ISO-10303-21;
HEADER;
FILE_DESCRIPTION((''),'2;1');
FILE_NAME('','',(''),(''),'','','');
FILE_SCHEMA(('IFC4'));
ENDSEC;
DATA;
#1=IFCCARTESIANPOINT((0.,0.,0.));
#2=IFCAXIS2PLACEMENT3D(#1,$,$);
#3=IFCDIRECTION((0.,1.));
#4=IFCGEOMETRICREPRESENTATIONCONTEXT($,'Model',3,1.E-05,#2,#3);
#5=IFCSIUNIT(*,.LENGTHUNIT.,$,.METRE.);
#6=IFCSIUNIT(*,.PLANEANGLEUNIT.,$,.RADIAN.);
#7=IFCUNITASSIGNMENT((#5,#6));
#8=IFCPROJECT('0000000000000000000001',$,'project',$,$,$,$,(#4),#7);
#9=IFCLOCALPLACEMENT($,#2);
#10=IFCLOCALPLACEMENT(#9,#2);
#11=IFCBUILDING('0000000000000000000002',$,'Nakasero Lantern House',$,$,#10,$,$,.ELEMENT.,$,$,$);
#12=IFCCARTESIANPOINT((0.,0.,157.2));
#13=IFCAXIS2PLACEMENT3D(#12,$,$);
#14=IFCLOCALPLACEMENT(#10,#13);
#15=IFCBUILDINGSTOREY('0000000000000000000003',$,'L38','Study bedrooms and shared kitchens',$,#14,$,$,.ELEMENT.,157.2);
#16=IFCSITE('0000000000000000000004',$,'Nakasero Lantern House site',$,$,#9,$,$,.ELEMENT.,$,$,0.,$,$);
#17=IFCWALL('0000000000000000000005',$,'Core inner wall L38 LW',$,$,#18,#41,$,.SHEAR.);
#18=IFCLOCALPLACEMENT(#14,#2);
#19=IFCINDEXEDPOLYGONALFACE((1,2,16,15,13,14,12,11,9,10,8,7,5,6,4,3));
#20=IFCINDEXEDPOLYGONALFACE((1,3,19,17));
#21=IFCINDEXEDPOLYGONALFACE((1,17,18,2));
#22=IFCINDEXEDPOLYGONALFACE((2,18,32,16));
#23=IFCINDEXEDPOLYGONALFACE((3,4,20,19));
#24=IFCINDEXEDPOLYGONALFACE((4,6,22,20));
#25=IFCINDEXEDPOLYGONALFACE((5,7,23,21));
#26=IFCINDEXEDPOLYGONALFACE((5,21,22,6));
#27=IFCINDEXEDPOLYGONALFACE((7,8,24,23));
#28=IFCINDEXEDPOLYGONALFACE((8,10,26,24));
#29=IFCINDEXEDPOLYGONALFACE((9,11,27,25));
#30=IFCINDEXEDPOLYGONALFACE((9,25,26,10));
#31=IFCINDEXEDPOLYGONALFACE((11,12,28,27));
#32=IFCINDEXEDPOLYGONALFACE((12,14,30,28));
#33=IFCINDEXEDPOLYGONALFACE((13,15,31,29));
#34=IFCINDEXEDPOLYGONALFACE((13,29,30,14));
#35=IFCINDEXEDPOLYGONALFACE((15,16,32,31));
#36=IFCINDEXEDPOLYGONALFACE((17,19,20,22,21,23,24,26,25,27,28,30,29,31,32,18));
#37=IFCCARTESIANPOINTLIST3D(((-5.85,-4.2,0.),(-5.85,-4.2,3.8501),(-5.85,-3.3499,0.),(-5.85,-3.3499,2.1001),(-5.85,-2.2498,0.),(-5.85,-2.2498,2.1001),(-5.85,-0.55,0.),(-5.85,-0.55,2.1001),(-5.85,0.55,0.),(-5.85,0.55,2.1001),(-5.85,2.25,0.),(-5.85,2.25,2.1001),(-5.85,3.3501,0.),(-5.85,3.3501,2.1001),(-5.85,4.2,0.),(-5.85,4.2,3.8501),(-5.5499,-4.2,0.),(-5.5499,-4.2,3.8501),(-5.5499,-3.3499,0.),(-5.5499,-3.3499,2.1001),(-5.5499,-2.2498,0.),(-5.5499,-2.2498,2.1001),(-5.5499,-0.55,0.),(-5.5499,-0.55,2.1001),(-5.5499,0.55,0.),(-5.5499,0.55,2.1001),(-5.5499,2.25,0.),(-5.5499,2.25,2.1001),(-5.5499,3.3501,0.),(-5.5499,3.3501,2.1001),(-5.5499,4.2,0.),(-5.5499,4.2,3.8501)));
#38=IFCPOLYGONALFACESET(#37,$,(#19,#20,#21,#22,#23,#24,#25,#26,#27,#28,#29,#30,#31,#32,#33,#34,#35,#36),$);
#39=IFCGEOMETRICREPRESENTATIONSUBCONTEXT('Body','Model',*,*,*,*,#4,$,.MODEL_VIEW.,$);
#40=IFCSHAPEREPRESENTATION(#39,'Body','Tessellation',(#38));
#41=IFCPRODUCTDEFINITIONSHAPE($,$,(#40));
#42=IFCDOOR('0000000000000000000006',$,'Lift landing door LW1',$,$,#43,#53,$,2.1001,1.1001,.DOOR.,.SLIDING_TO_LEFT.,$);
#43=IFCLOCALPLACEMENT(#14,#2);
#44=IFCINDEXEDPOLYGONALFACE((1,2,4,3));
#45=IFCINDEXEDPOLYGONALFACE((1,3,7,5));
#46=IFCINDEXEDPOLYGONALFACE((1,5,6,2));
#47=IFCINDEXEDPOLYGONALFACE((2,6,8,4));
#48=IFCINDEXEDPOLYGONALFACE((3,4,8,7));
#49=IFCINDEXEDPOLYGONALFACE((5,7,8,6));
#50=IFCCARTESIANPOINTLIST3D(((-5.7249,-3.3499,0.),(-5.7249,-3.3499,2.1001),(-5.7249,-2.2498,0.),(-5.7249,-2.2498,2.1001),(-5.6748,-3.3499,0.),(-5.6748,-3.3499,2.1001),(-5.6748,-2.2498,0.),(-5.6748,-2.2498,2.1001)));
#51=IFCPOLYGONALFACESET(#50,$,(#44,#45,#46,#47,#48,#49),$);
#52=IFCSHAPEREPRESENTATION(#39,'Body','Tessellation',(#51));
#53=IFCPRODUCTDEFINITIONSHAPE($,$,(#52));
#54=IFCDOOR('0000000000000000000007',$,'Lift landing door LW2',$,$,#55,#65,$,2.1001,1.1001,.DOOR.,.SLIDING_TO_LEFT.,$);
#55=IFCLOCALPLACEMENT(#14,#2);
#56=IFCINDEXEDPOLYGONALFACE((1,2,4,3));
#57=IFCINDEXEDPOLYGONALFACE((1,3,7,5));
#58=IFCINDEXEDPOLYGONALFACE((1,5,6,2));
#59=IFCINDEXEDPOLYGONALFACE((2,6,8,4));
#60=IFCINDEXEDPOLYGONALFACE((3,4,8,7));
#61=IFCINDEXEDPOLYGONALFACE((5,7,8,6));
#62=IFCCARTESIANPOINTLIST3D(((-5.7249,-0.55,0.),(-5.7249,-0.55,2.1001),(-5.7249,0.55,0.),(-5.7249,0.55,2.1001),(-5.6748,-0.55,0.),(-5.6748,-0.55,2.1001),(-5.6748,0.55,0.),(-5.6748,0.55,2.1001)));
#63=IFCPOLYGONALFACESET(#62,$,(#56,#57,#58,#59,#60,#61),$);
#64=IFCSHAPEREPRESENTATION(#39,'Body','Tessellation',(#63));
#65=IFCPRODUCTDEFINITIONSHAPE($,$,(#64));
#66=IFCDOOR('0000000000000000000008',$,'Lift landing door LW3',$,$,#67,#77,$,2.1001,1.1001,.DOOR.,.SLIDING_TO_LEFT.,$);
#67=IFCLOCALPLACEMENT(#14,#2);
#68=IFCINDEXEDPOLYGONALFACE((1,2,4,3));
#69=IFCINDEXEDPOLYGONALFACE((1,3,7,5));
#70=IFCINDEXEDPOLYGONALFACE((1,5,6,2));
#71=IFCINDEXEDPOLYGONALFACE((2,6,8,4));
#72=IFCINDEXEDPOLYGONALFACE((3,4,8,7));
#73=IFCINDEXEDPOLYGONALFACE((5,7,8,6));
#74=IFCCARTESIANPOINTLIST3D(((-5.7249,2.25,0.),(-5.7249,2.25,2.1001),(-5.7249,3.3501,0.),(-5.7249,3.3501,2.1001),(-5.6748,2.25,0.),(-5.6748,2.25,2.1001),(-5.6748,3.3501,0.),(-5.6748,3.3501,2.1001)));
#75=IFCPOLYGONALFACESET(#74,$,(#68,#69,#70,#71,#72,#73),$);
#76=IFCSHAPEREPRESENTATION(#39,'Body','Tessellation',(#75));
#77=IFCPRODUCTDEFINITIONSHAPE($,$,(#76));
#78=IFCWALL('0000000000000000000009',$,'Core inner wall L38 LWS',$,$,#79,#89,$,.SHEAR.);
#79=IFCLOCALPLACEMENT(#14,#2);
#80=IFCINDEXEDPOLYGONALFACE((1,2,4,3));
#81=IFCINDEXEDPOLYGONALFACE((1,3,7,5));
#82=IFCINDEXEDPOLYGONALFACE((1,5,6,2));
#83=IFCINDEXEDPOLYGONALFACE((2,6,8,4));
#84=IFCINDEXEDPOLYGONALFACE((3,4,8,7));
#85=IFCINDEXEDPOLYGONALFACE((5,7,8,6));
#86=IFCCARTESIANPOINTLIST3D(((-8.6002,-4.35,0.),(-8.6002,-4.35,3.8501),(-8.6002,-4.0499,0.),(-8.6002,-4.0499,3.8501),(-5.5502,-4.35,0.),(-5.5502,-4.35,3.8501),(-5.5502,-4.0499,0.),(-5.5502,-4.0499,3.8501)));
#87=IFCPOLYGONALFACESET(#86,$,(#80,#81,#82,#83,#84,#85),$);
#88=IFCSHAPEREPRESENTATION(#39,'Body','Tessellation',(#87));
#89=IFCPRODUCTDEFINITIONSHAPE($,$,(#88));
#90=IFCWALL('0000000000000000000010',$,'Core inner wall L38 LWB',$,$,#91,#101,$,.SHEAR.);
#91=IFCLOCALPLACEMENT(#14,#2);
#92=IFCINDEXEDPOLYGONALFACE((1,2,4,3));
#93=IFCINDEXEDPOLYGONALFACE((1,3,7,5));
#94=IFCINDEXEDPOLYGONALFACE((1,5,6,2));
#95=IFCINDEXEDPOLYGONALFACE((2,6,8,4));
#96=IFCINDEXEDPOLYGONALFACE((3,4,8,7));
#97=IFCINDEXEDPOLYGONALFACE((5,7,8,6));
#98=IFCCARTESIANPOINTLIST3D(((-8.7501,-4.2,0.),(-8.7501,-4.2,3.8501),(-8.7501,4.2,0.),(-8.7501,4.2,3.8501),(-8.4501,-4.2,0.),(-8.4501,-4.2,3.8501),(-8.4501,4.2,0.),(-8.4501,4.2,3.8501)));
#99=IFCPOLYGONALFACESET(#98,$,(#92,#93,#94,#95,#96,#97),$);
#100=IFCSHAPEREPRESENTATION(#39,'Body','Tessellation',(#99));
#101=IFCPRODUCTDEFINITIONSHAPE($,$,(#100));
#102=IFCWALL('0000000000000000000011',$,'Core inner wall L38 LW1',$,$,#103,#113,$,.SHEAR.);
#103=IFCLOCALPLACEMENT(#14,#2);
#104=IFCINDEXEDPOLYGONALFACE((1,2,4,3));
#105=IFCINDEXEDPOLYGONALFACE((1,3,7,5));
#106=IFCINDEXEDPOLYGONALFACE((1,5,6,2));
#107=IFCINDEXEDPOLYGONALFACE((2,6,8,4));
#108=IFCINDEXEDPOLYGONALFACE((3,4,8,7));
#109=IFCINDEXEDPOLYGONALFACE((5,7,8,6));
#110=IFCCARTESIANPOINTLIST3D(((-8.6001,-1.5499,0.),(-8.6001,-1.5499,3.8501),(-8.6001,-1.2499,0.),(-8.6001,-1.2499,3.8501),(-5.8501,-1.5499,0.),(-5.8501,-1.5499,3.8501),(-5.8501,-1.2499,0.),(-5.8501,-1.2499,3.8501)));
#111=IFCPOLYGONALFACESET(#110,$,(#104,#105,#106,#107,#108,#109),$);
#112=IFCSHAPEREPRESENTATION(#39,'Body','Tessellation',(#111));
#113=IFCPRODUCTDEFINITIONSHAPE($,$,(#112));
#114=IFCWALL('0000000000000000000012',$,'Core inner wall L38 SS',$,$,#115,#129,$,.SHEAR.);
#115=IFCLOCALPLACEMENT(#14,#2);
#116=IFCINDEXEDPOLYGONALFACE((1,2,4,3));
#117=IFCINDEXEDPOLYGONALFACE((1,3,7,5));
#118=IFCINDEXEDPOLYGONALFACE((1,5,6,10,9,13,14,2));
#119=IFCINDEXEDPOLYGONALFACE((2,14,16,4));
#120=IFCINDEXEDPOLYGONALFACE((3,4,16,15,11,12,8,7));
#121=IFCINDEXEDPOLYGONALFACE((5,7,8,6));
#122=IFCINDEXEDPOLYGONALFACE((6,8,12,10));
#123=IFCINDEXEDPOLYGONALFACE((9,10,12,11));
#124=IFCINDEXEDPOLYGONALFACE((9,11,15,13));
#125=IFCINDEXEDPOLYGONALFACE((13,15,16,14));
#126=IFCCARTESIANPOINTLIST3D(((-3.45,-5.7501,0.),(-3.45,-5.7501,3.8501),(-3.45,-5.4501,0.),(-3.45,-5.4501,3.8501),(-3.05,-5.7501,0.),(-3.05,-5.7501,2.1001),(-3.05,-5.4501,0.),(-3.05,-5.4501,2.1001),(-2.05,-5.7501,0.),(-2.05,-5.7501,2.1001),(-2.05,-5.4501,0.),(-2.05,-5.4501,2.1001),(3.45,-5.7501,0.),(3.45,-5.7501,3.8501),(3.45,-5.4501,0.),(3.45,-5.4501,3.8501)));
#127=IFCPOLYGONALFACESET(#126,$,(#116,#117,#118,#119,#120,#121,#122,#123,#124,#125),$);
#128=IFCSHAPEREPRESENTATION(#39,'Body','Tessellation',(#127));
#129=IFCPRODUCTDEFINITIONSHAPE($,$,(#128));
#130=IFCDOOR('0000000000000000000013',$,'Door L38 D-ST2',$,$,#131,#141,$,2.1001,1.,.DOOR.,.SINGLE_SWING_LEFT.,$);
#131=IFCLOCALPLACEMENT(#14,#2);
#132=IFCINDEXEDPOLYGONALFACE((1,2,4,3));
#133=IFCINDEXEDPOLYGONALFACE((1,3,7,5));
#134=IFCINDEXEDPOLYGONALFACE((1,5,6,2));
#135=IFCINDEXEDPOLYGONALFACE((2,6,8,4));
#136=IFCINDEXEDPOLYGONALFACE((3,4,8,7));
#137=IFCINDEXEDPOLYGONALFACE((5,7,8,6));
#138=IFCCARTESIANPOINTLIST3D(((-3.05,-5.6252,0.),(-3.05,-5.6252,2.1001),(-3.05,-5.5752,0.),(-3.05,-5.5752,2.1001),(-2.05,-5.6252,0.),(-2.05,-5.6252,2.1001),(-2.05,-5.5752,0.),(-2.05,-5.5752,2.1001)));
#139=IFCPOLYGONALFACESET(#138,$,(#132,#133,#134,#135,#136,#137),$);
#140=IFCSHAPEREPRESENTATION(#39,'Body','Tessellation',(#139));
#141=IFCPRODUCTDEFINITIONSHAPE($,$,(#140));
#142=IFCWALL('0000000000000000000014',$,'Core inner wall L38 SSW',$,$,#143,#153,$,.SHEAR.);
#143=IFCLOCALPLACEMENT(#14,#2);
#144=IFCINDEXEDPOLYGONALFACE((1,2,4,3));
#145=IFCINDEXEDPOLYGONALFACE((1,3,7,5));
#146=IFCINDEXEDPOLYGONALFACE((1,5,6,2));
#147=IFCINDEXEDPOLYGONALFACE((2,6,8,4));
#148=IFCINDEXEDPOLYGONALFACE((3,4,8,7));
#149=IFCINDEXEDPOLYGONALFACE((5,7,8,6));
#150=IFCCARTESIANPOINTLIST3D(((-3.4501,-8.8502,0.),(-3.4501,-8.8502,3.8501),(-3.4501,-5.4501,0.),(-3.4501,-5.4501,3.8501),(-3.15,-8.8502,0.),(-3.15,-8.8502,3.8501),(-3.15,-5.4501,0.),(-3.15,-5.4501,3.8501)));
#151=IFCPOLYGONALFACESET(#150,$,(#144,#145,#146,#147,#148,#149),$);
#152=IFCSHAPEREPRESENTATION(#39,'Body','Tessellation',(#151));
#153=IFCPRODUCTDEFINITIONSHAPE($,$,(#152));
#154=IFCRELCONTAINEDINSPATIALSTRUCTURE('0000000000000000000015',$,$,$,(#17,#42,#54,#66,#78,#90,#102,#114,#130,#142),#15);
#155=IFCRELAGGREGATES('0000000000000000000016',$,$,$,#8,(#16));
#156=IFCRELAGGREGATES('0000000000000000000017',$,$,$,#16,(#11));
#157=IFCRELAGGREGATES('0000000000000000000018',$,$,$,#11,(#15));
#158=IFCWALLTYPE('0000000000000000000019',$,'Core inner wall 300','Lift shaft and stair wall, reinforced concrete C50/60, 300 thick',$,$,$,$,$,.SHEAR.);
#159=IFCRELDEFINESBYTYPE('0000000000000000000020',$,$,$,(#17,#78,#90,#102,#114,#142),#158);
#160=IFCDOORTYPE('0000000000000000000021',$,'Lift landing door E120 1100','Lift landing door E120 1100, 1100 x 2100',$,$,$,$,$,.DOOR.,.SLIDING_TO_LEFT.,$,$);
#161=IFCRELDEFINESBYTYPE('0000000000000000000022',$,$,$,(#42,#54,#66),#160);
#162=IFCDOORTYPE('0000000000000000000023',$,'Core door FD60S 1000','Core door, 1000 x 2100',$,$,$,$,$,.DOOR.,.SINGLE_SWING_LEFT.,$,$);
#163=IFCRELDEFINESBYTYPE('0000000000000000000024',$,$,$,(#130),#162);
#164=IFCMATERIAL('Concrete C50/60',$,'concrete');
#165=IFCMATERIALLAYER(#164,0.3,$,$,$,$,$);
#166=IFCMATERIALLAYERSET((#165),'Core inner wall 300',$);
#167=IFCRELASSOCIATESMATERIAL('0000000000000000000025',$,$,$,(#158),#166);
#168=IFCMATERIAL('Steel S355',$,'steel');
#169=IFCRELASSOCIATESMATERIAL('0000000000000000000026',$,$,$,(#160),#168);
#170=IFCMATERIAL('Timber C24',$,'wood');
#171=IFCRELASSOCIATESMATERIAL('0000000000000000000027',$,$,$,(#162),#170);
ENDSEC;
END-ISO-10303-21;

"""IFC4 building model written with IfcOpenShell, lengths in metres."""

from ifc_helpers import new_model, si_unit, direction, frame, frame_2d, origin, place, context, subcontext, project, spatial, rectangle, extrude, material, layer, layer_set, type_object, element, fill, save


model = new_model("IFC4")

# Units and contexts
model_context = context("Model", 3, precision=1e-05, world=origin(), true_north=direction((0.0, 1.0)))
body_context = subcontext(model_context, "Body", "Model", "MODEL_VIEW")
ifc_project = project(units=[si_unit("LENGTHUNIT", "METRE"), si_unit("PLANEANGLEUNIT", "RADIAN")], contexts=[model_context])

# Site, building, storey
site_placement = place(None, origin())
site = spatial("IfcSite", under=ifc_project, at=site_placement, Name="Nakasero Lantern House site", CompositionType="ELEMENT", RefElevation=0.0)
building_placement = place(site_placement, origin())
building = spatial("IfcBuilding", under=site, at=building_placement, Name="Nakasero Lantern House", CompositionType="ELEMENT")
storey_placement = place(building_placement, frame((0.0, 0.0, 157.2)))
storey = spatial("IfcBuildingStorey", under=building, at=storey_placement, Name="L38", Description="Study bedrooms and shared kitchens", CompositionType="ELEMENT", Elevation=157.2)

# Wall, openings, doors
ifc_material_1 = material(Name="Concrete C50/60", Category="concrete")
ifc_layer_1 = layer(ifc_material_1, 0.3)
ifc_layer_set_1 = layer_set([ifc_layer_1], Name="Core inner wall 300")
wall_type_1 = type_object("IfcWallType", Name="Core inner wall 300", Description="Lift shaft and stair wall, reinforced concrete C50/60, 300 thick", PredefinedType="SHEAR", material=ifc_layer_set_1)
wall_1_placement = place(storey_placement, frame((-5.7, -4.2, 0.0), z_axis=(0.0, 0.0, 1.0), x_axis=(0.0, 1.0, 0.0)))
wall_1 = element("IfcWall", 1, at=wall_1_placement, inside=storey, type_object=wall_type_1, Name="Core inner wall L38 LW", PredefinedType="SHEAR", context=body_context, shape_type="SweptSolid", body=[
    extrude(rectangle(XDim=8.3999, YDim=0.3, at=frame_2d((4.2, 0.0))), origin(), (0.0, 0.0, 1.0), 3.8501),
])
opening_1_placement = place(wall_1_placement, frame((0.8501, 0.0, 0.0)))
opening_1 = element("IfcOpeningElement", 2, at=opening_1_placement, cuts=wall_1, PredefinedType="OPENING", context=body_context, shape_type="SweptSolid", body=[
    extrude(rectangle(XDim=1.1001, YDim=2.1001, at=frame_2d((0.55, 1.05))), frame((0.0, 0.1699, 0.0), z_axis=(0.0, -1.0, 0.0), x_axis=(1.0, 0.0, 0.0)), (0.0, 0.0, 1.0), 0.3401),
])
opening_2_placement = place(wall_1_placement, frame((3.6499, 0.0, 0.0)))
opening_2 = element("IfcOpeningElement", 3, at=opening_2_placement, cuts=wall_1, PredefinedType="OPENING", context=body_context, shape_type="SweptSolid", body=[
    extrude(rectangle(XDim=1.1001, YDim=2.1001, at=frame_2d((0.55, 1.05))), frame((0.0, 0.1699, 0.0), z_axis=(0.0, -1.0, 0.0), x_axis=(1.0, 0.0, 0.0)), (0.0, 0.0, 1.0), 0.3401),
])
opening_3_placement = place(wall_1_placement, frame((6.45, 0.0, 0.0)))
opening_3 = element("IfcOpeningElement", 4, at=opening_3_placement, cuts=wall_1, PredefinedType="OPENING", context=body_context, shape_type="SweptSolid", body=[
    extrude(rectangle(XDim=1.1001, YDim=2.1001, at=frame_2d((0.55, 1.05))), frame((0.0, 0.1699, 0.0), z_axis=(0.0, -1.0, 0.0), x_axis=(1.0, 0.0, 0.0)), (0.0, 0.0, 1.0), 0.3401),
])
ifc_material_2 = material(Name="Steel S355", Category="steel")
door_type_1 = type_object("IfcDoorType", Name="Lift landing door E120 1100", Description="Lift landing door E120 1100, 1100 x 2100", OperationType="SLIDING_TO_LEFT", PredefinedType="DOOR", material=ifc_material_2)
door_1_placement = place(opening_1_placement, origin())
door_1 = element("IfcDoor", 5, at=door_1_placement, inside=storey, type_object=door_type_1, Name="Lift landing door LW1", OperationType="SLIDING_TO_LEFT", OverallHeight=2.1001, OverallWidth=1.1001, PredefinedType="DOOR", context=body_context, shape_type="SweptSolid", body=[
    extrude(rectangle(XDim=1.1001, YDim=2.1001, at=frame_2d((0.55, 1.05))), frame((0.0, 0.0249, 0.0), z_axis=(0.0, -1.0, 0.0), x_axis=(1.0, 0.0, 0.0)), (0.0, 0.0, 1.0), 0.05),
])
fill(opening_1, door_1)
door_2_placement = place(opening_2_placement, origin())
door_2 = element("IfcDoor", 6, at=door_2_placement, inside=storey, type_object=door_type_1, Name="Lift landing door LW2", OperationType="SLIDING_TO_LEFT", OverallHeight=2.1001, OverallWidth=1.1001, PredefinedType="DOOR", context=body_context, shape_type="SweptSolid", body=[
    extrude(rectangle(XDim=1.1001, YDim=2.1001, at=frame_2d((0.55, 1.05))), frame((0.0, 0.0249, 0.0), z_axis=(0.0, -1.0, 0.0), x_axis=(1.0, 0.0, 0.0)), (0.0, 0.0, 1.0), 0.05),
])
fill(opening_2, door_2)
door_3_placement = place(opening_3_placement, origin())
door_3 = element("IfcDoor", 7, at=door_3_placement, inside=storey, type_object=door_type_1, Name="Lift landing door LW3", OperationType="SLIDING_TO_LEFT", OverallHeight=2.1001, OverallWidth=1.1001, PredefinedType="DOOR", context=body_context, shape_type="SweptSolid", body=[
    extrude(rectangle(XDim=1.1001, YDim=2.1001, at=frame_2d((0.55, 1.05))), frame((0.0, 0.0249, 0.0), z_axis=(0.0, -1.0, 0.0), x_axis=(1.0, 0.0, 0.0)), (0.0, 0.0, 1.0), 0.05),
])
fill(opening_3, door_3)

# Walls
wall_2_placement = place(storey_placement, frame((-8.6001, -4.2, 0.0), z_axis=(0.0, 0.0, 1.0), x_axis=(1.0, 0.0, 0.0)))
element("IfcWall", 8, at=wall_2_placement, inside=storey, type_object=wall_type_1, Name="Core inner wall L38 LWS", PredefinedType="SHEAR", context=body_context, shape_type="SweptSolid", body=[
    extrude(rectangle(XDim=3.05, YDim=0.3, at=frame_2d((1.5249, 0.0))), origin(), (0.0, 0.0, 1.0), 3.8501),
])
wall_3_placement = place(storey_placement, frame((-8.6001, -4.2, 0.0), z_axis=(0.0, 0.0, 1.0), x_axis=(0.0, 1.0, 0.0)))
element("IfcWall", 9, at=wall_3_placement, inside=storey, type_object=wall_type_1, Name="Core inner wall L38 LWB", PredefinedType="SHEAR", context=body_context, shape_type="SweptSolid", body=[
    extrude(rectangle(XDim=8.3999, YDim=0.3, at=frame_2d((4.2, 0.0))), origin(), (0.0, 0.0, 1.0), 3.8501),
])
wall_4_placement = place(storey_placement, frame((-8.6001, -1.3999, 0.0), z_axis=(0.0, 0.0, 1.0), x_axis=(1.0, 0.0, 0.0)))
element("IfcWall", 10, at=wall_4_placement, inside=storey, type_object=wall_type_1, Name="Core inner wall L38 LW1", PredefinedType="SHEAR", context=body_context, shape_type="SweptSolid", body=[
    extrude(rectangle(XDim=2.75, YDim=0.3, at=frame_2d((1.375, 0.0))), origin(), (0.0, 0.0, 1.0), 3.8501),
])

# Wall, opening, door
wall_5_placement = place(storey_placement, frame((-3.45, -5.6001, 0.0), z_axis=(0.0, 0.0, 1.0), x_axis=(1.0, 0.0, 0.0)))
wall_5 = element("IfcWall", 11, at=wall_5_placement, inside=storey, type_object=wall_type_1, Name="Core inner wall L38 SS", PredefinedType="SHEAR", context=body_context, shape_type="SweptSolid", body=[
    extrude(rectangle(XDim=6.8999, YDim=0.3, at=frame_2d((3.45, 0.0))), origin(), (0.0, 0.0, 1.0), 3.8501),
])
opening_4_placement = place(wall_5_placement, frame((0.3999, 0.0, 0.0)))
opening_4 = element("IfcOpeningElement", 12, at=opening_4_placement, cuts=wall_5, PredefinedType="OPENING", context=body_context, shape_type="SweptSolid", body=[
    extrude(rectangle(XDim=1.0, YDim=2.1001, at=frame_2d((0.5, 1.05))), frame((0.0, 0.1699, 0.0), z_axis=(0.0, -1.0, 0.0), x_axis=(1.0, 0.0, 0.0)), (0.0, 0.0, 1.0), 0.3401),
])
ifc_material_3 = material(Name="Timber C24", Category="wood")
door_type_2 = type_object("IfcDoorType", Name="Core door FD60S 1000", Description="Core door, 1000 x 2100", OperationType="SINGLE_SWING_LEFT", PredefinedType="DOOR", material=ifc_material_3)
door_4_placement = place(opening_4_placement, origin())
door_4 = element("IfcDoor", 13, at=door_4_placement, inside=storey, type_object=door_type_2, Name="Door L38 D-ST2", OperationType="SINGLE_SWING_LEFT", OverallHeight=2.1001, OverallWidth=1.0, PredefinedType="DOOR", context=body_context, shape_type="SweptSolid", body=[
    extrude(rectangle(XDim=1.0, YDim=2.1001, at=frame_2d((0.5, 1.05))), frame((0.0, 0.0249, 0.0), z_axis=(0.0, -1.0, 0.0), x_axis=(1.0, 0.0, 0.0)), (0.0, 0.0, 1.0), 0.05),
])
fill(opening_4, door_4)

# Wall
wall_6_placement = place(storey_placement, frame((-3.3, -5.45, 0.0), z_axis=(0.0, 0.0, 1.0), x_axis=(0.0, -1.0, 0.0)))
element("IfcWall", 14, at=wall_6_placement, inside=storey, type_object=wall_type_1, Name="Core inner wall L38 SSW", PredefinedType="SHEAR", context=body_context, shape_type="SweptSolid", body=[
    extrude(rectangle(XDim=3.4001, YDim=0.3, at=frame_2d((1.7002, 0.0))), origin(), (0.0, 0.0, 1.0), 3.8501),
])

save(model, "model.ifc")
